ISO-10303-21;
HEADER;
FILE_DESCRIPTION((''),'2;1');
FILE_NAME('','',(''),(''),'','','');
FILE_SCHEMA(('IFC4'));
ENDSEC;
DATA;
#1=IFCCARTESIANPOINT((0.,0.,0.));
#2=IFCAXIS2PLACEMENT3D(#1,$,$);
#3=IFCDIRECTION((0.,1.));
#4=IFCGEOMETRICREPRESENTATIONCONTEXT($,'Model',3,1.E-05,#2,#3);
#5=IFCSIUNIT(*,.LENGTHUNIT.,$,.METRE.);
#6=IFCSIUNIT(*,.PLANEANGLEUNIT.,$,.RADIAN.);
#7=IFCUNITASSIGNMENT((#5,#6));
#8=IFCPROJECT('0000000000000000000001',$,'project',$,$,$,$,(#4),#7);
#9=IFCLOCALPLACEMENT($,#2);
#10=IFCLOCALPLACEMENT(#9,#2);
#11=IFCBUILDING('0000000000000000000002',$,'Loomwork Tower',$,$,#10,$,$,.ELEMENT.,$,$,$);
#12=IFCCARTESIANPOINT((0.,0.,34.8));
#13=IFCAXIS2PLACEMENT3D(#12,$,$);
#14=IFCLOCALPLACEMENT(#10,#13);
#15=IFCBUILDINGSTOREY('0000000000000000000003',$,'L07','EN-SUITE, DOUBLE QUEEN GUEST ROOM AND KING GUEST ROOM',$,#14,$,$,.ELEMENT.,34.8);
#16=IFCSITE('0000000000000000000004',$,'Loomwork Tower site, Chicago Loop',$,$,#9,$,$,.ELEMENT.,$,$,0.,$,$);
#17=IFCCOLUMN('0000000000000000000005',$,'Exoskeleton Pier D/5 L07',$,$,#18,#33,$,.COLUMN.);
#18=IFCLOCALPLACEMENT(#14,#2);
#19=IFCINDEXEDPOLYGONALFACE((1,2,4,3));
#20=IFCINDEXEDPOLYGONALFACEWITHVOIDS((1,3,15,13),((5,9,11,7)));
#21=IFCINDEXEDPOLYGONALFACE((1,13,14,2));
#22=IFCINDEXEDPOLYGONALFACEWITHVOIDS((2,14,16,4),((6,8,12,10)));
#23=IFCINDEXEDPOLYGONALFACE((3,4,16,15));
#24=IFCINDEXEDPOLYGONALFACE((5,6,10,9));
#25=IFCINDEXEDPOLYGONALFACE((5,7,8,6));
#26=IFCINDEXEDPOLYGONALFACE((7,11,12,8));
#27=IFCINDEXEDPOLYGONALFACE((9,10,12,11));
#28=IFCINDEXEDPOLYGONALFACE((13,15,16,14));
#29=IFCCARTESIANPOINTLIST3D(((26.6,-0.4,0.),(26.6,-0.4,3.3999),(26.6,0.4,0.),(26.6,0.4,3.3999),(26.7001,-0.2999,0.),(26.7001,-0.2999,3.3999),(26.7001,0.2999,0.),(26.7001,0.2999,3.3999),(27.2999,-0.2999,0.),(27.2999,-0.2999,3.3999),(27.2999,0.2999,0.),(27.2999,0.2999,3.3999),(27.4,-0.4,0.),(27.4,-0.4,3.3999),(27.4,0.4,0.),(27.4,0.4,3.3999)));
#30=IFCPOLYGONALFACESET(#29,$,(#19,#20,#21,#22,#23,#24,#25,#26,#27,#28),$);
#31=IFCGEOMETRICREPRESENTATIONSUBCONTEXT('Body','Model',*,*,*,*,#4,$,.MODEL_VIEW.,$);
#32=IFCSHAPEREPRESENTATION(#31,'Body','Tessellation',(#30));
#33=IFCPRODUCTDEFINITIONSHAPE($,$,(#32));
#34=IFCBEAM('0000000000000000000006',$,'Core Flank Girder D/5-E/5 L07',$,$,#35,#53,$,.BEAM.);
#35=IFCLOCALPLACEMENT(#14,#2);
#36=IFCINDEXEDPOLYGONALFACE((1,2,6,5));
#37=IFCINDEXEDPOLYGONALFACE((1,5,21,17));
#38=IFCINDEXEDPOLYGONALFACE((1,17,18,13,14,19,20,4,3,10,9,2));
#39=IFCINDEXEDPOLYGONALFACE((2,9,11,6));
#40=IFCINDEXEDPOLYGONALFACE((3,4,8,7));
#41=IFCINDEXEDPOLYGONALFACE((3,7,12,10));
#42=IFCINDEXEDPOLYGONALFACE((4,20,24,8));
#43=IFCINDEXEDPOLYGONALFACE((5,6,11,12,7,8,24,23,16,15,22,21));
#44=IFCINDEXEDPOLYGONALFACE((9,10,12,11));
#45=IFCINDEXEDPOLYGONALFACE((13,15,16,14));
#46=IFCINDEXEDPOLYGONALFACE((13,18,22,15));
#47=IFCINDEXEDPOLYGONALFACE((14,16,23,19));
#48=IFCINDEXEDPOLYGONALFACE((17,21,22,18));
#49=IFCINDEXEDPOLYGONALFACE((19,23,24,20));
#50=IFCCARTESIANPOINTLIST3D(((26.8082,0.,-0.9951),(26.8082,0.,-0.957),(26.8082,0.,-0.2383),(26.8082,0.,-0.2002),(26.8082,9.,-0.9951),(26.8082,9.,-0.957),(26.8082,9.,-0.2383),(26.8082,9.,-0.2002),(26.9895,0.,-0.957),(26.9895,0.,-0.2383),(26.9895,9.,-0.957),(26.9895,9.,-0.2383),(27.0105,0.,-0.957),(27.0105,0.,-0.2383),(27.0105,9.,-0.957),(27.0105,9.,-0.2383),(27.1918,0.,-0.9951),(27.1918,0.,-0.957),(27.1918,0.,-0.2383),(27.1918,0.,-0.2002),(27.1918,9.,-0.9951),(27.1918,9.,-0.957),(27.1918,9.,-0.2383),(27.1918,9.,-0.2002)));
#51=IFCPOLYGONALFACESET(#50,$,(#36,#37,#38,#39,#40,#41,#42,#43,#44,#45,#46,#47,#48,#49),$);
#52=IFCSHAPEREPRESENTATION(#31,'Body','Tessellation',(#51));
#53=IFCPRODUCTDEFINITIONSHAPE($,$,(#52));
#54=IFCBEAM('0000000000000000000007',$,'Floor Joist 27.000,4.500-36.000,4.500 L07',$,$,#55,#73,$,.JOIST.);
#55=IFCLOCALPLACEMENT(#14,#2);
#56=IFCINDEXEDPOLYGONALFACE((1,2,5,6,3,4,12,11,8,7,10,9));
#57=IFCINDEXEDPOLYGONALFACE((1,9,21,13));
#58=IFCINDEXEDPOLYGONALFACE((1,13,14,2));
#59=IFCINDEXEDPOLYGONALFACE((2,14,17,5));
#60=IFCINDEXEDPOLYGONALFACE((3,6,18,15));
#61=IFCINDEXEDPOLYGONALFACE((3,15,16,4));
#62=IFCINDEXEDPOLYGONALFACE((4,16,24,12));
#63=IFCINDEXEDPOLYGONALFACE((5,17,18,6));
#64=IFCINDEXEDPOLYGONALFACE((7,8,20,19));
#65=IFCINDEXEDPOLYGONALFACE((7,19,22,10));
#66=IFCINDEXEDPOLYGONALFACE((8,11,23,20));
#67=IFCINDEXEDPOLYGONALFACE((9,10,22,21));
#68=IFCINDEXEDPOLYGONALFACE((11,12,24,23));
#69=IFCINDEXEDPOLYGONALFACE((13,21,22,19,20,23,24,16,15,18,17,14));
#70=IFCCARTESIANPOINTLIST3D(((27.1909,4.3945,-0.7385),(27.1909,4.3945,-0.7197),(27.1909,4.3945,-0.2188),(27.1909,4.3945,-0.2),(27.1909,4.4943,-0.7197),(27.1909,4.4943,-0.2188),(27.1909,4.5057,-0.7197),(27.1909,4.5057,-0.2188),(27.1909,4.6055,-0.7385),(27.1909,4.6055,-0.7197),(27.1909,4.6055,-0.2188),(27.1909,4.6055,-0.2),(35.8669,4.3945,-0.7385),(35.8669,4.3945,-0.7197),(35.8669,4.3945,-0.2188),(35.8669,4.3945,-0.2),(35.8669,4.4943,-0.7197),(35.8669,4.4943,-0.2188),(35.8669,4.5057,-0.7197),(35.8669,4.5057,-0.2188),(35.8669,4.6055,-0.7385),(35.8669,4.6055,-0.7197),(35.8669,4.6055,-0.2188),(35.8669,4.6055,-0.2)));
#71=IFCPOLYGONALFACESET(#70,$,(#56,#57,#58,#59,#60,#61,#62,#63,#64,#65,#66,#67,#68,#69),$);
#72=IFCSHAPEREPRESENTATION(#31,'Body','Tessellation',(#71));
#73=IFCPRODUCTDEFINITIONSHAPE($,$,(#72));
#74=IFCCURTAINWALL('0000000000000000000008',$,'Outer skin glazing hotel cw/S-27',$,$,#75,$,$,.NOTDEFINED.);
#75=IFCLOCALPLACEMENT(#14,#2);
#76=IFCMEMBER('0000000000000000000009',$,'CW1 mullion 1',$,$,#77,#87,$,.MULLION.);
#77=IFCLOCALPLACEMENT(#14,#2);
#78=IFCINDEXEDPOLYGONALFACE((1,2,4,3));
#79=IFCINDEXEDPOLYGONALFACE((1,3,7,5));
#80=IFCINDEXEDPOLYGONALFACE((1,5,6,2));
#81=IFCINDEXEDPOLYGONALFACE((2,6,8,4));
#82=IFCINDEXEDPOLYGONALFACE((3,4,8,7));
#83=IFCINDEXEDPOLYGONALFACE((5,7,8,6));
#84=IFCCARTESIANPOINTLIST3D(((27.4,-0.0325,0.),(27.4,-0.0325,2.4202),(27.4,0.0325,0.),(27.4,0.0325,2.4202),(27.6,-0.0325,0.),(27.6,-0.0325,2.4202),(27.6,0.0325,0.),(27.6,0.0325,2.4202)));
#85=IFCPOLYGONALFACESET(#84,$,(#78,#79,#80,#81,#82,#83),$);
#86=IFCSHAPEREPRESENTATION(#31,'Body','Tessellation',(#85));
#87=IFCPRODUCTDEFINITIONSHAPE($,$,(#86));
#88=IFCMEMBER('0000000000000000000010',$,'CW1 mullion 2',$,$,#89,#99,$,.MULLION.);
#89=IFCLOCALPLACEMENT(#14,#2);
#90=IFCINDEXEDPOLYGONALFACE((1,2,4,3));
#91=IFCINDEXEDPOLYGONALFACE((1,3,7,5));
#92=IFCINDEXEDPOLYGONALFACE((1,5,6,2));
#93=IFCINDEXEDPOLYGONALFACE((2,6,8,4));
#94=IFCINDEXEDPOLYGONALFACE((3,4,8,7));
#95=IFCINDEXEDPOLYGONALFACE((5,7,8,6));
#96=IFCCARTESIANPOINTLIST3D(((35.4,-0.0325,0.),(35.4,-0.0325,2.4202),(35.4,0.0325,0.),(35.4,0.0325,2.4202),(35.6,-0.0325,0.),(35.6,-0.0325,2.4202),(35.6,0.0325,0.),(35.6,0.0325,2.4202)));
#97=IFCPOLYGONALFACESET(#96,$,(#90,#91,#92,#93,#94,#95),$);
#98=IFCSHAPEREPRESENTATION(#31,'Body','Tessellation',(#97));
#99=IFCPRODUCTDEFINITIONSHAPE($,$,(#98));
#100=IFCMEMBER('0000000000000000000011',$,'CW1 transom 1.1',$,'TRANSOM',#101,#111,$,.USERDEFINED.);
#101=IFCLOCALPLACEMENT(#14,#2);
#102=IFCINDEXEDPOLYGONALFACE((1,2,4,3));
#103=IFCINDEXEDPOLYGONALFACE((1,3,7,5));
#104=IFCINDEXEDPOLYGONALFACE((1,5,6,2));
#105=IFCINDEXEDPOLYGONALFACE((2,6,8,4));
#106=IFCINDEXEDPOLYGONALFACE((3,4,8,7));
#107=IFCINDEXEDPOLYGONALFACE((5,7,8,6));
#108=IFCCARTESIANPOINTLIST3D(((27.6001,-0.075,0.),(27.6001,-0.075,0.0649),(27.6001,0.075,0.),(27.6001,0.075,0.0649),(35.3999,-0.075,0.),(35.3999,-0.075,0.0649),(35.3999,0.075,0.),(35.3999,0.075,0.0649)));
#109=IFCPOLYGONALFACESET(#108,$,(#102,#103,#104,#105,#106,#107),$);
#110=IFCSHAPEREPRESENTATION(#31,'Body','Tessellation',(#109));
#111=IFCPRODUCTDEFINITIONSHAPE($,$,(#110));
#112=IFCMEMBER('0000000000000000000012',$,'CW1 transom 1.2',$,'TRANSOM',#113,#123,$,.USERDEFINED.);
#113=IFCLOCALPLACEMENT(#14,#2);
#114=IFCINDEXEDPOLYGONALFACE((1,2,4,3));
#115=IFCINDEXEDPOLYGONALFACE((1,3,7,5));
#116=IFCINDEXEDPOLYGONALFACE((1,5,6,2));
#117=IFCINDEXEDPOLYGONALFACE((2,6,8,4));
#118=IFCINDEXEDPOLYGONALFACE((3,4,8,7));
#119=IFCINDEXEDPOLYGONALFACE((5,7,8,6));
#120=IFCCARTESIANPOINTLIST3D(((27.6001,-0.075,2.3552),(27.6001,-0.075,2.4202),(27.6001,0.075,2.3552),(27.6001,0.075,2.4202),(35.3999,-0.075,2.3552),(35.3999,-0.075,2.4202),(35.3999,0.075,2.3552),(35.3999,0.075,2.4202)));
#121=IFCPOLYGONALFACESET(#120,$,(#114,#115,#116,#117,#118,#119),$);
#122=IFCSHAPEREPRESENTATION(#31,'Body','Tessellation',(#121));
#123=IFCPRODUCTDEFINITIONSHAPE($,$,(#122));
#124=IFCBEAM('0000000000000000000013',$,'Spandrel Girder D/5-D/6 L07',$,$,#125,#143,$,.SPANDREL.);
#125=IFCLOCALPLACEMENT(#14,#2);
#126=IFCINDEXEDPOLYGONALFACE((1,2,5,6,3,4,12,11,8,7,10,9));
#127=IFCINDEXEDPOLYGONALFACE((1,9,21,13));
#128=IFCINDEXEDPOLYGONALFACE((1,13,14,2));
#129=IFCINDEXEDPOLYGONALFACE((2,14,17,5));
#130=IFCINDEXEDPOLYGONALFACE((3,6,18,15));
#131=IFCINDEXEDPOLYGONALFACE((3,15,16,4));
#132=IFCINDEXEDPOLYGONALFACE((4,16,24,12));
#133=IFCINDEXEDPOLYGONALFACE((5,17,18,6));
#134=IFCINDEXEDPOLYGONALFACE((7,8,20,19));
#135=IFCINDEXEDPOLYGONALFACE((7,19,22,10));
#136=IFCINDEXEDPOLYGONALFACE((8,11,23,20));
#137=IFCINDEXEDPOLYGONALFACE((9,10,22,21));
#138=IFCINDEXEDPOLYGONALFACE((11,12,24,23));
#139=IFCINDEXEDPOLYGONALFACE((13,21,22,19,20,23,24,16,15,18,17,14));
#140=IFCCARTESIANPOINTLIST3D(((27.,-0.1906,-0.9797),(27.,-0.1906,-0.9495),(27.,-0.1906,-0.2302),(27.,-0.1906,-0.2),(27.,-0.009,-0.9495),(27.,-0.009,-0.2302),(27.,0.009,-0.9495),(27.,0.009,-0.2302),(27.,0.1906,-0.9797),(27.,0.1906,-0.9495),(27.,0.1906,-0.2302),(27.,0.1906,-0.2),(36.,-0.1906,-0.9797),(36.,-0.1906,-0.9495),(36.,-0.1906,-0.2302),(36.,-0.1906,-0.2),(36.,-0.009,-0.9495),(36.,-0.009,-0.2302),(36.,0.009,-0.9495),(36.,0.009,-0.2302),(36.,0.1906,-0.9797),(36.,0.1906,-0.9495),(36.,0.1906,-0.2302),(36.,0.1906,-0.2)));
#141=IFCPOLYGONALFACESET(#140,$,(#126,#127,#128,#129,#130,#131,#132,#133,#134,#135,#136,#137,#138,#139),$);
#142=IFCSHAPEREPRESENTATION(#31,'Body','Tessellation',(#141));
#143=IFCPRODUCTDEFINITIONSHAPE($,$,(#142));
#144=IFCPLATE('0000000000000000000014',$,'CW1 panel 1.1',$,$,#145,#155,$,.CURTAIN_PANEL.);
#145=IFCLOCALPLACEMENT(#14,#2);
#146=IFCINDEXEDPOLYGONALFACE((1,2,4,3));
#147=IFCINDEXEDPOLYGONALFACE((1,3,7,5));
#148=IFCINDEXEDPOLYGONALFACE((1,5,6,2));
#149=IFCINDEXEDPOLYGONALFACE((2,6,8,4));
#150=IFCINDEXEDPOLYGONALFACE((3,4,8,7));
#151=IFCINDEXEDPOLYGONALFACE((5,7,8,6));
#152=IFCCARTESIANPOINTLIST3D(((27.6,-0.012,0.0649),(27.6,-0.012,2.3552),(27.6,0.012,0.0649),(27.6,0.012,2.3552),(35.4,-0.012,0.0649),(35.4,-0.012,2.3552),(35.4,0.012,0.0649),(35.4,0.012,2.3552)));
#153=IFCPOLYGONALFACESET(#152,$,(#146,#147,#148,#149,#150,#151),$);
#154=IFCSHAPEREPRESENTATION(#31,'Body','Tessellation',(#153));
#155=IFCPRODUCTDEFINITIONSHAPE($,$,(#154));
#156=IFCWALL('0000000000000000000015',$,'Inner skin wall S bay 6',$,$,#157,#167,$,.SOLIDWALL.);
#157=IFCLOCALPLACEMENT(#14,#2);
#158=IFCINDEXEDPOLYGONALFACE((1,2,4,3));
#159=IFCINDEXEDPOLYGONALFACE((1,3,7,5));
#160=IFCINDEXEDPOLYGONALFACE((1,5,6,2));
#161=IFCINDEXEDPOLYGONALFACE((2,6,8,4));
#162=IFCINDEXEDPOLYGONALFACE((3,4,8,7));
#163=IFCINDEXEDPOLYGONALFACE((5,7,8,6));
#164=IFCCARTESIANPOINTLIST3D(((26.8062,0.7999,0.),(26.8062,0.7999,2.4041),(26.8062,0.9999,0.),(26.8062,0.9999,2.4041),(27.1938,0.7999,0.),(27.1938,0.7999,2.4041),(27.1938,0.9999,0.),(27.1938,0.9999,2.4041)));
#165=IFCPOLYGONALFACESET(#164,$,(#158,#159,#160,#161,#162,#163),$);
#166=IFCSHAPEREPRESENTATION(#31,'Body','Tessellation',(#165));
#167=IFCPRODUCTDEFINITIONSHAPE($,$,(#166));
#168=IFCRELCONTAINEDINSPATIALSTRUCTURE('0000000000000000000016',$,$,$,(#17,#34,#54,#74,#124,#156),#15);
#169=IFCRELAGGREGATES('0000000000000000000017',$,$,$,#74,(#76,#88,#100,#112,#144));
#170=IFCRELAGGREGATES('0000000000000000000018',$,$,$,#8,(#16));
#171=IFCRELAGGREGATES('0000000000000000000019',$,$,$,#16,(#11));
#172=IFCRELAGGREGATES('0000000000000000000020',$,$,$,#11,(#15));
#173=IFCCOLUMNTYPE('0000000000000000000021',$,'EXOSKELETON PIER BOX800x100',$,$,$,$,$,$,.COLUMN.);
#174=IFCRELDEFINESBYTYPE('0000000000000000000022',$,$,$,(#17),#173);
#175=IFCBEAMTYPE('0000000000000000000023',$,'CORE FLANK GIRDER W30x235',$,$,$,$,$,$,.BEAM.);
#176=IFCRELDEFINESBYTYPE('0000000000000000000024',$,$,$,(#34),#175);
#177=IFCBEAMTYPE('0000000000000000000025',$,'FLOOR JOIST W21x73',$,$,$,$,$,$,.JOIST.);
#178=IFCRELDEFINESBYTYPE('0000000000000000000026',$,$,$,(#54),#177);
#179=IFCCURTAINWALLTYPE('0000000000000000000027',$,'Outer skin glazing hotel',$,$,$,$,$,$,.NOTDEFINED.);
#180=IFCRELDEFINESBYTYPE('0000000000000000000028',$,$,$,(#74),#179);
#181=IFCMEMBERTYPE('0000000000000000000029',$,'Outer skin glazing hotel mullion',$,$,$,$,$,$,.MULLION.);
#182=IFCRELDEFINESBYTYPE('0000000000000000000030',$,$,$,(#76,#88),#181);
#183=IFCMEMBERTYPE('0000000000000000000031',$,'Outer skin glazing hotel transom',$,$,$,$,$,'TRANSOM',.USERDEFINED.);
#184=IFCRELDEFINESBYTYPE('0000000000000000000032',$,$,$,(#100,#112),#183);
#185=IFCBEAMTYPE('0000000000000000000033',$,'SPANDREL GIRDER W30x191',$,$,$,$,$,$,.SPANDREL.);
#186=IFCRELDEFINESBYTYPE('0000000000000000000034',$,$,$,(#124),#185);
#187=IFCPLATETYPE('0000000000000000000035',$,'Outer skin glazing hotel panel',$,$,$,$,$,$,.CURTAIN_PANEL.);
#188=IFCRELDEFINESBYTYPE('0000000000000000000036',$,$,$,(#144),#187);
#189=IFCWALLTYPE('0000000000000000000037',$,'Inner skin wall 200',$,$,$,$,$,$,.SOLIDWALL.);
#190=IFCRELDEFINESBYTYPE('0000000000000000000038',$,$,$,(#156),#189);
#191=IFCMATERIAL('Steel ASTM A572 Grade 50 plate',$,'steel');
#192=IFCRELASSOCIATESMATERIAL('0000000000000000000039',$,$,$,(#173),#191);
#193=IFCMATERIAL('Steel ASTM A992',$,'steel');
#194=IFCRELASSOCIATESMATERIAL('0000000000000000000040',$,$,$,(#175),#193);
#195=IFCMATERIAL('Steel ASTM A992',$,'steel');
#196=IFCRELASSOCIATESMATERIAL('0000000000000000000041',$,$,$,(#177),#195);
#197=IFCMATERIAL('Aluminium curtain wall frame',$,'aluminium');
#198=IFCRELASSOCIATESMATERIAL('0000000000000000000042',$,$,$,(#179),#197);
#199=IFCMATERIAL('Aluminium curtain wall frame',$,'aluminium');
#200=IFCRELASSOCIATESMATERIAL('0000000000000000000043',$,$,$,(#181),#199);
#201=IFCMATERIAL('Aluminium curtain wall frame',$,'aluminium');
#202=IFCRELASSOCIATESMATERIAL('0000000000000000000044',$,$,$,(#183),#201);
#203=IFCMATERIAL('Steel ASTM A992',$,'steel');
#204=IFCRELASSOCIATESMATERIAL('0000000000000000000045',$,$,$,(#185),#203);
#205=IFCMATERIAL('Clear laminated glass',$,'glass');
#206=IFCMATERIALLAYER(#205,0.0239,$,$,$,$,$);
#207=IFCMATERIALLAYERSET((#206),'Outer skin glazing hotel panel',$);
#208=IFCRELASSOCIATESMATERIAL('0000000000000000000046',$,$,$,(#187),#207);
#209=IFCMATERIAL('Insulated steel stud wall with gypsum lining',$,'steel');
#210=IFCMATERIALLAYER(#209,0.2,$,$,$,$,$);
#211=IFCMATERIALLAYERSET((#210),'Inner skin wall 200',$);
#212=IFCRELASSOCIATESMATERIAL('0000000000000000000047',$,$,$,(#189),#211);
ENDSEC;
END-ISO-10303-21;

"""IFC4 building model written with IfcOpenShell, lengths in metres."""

from ifc_helpers import new_model, si_unit, direction, frame, frame_2d, origin, origin_2d, place, context, subcontext, project, spatial, rectangle, hollow_rectangle, i_section, extrude, material, layer, layer_set, material_profile, profile_set, type_object, element, aggregate, save


model = new_model("IFC4")

# Units and contexts
model_context = context("Model", 3, precision=1e-05, world=origin(), true_north=direction((0.0, 1.0)))
body_context = subcontext(model_context, "Body", "Model", "MODEL_VIEW")
ifc_project = project(units=[si_unit("LENGTHUNIT", "METRE"), si_unit("PLANEANGLEUNIT", "RADIAN")], contexts=[model_context])

# Site, building, storey
site_placement = place(None, origin())
site = spatial("IfcSite", under=ifc_project, at=site_placement, Name="Loomwork Tower site, Chicago Loop", CompositionType="ELEMENT", RefElevation=0.0)
building_placement = place(site_placement, origin())
building = spatial("IfcBuilding", under=site, at=building_placement, Name="Loomwork Tower", CompositionType="ELEMENT")
storey_placement = place(building_placement, frame((0.0, 0.0, 34.8)))
storey = spatial("IfcBuildingStorey", under=building, at=storey_placement, Name="L07", Description="EN-SUITE, DOUBLE QUEEN GUEST ROOM AND KING GUEST ROOM", CompositionType="ELEMENT", Elevation=34.8)

# Column
ifc_material_1 = material(Name="Steel ASTM A572 Grade 50 plate", Category="steel")
ifc_material_profile_1 = material_profile(ifc_material_1, hollow_rectangle(XDim=0.8, YDim=0.8, WallThickness=0.1001, at=origin_2d()), Name="BOX800x100")
ifc_profile_set_1 = profile_set([ifc_material_profile_1], Name="Steel ASTM A572 Grade 50 plate")
column_type = type_object("IfcColumnType", Name="EXOSKELETON PIER BOX800x100", PredefinedType="COLUMN", material=ifc_profile_set_1)
column_placement = place(storey_placement, frame((27.0, 0.0, 0.0), z_axis=(0.0, 0.0, 1.0), x_axis=(1.0, 0.0, 0.0)))
element("IfcColumn", 1, at=column_placement, inside=storey, type_object=column_type, Name="Exoskeleton Pier D/5 L07", PredefinedType="COLUMN", context=body_context, shape_type="SweptSolid", body=[
    extrude(hollow_rectangle(XDim=0.8, YDim=0.8, WallThickness=0.1001, at=origin_2d()), origin(), (0.0, 0.0, 1.0), 3.3999),
])

# Beams
ifc_material_2 = material(Name="Steel ASTM A992", Category="steel")
ifc_material_profile_2 = material_profile(ifc_material_2, i_section(OverallWidth=0.3835, OverallDepth=0.7949, WebThickness=0.021, FlangeThickness=0.0381, at=origin_2d()), Name="W30x235")
ifc_profile_set_2 = profile_set([ifc_material_profile_2], Name="Steel ASTM A992")
beam_type_1 = type_object("IfcBeamType", Name="CORE FLANK GIRDER W30x235", PredefinedType="BEAM", material=ifc_profile_set_2)
beam_1_placement = place(storey_placement, frame((27.0, 0.0, -0.5977), z_axis=(0.0, 1.0, 0.0), x_axis=(-1.0, 0.0, 0.0)))
element("IfcBeam", 2, at=beam_1_placement, inside=storey, type_object=beam_type_1, Name="Core Flank Girder D/5-E/5 L07", PredefinedType="BEAM", context=body_context, shape_type="SweptSolid", body=[
    extrude(i_section(OverallWidth=0.3835, OverallDepth=0.7949, WebThickness=0.021, FlangeThickness=0.0381, at=origin_2d()), origin(), (0.0, 0.0, 1.0), 9.0),
])
ifc_material_3 = material(Name="Steel ASTM A992", Category="steel")
ifc_material_profile_3 = material_profile(ifc_material_3, i_section(OverallWidth=0.2109, OverallDepth=0.5386, WebThickness=0.0115, FlangeThickness=0.0188, at=origin_2d()), Name="W21x73")
ifc_profile_set_3 = profile_set([ifc_material_profile_3], Name="Steel ASTM A992")
beam_type_2 = type_object("IfcBeamType", Name="FLOOR JOIST W21x73", PredefinedType="JOIST", material=ifc_profile_set_3)
beam_2_placement = place(storey_placement, frame((27.1909, 4.5, -0.4692), z_axis=(1.0, 0.0, 0.0), x_axis=(0.0, 1.0, 0.0)))
element("IfcBeam", 3, at=beam_2_placement, inside=storey, type_object=beam_type_2, Name="Floor Joist 27.000,4.500-36.000,4.500 L07", PredefinedType="JOIST", context=body_context, shape_type="SweptSolid", body=[
    extrude(i_section(OverallWidth=0.2109, OverallDepth=0.5386, WebThickness=0.0115, FlangeThickness=0.0188, at=origin_2d()), origin(), (0.0, 0.0, 1.0), 8.676),
])

# Curtain wall, members
ifc_material_4 = material(Name="Aluminium curtain wall frame", Category="aluminium")
curtain_wall_type = type_object("IfcCurtainWallType", Name="Outer skin glazing hotel", PredefinedType="NOTDEFINED", material=ifc_material_4)
curtain_wall_placement = place(storey_placement, origin())
curtain_wall = element("IfcCurtainWall", 4, at=curtain_wall_placement, inside=storey, type_object=curtain_wall_type, Name="Outer skin glazing hotel cw/S-27", PredefinedType="NOTDEFINED")
ifc_material_5 = material(Name="Aluminium curtain wall frame", Category="aluminium")
ifc_material_profile_4 = material_profile(ifc_material_5, rectangle(XDim=0.0649, YDim=0.2, at=origin_2d()), Name="AL 65x200")
ifc_profile_set_4 = profile_set([ifc_material_profile_4], Name="Aluminium curtain wall frame")
member_type_1 = type_object("IfcMemberType", Name="Outer skin glazing hotel mullion", PredefinedType="MULLION", material=ifc_profile_set_4)
member_1_placement = place(storey_placement, frame((27.5, 0.0, 0.0), z_axis=(0.0, 0.0, 1.0), x_axis=(0.0, 1.0, 0.0)))
member_1 = element("IfcMember", 5, at=member_1_placement, type_object=member_type_1, Name="CW1 mullion 1", PredefinedType="MULLION", context=body_context, shape_type="SweptSolid", body=[
    extrude(rectangle(XDim=0.0649, YDim=0.2, at=origin_2d()), origin(), (0.0, 0.0, 1.0), 2.4202),
])
member_2_placement = place(storey_placement, frame((35.5, 0.0, 0.0), z_axis=(0.0, 0.0, 1.0), x_axis=(0.0, 1.0, 0.0)))
member_2 = element("IfcMember", 6, at=member_2_placement, type_object=member_type_1, Name="CW1 mullion 2", PredefinedType="MULLION", context=body_context, shape_type="SweptSolid", body=[
    extrude(rectangle(XDim=0.0649, YDim=0.2, at=origin_2d()), origin(), (0.0, 0.0, 1.0), 2.4202),
])
ifc_material_6 = material(Name="Aluminium curtain wall frame", Category="aluminium")
ifc_material_profile_5 = material_profile(ifc_material_6, rectangle(XDim=0.1499, YDim=0.0649, at=origin_2d()), Name="AL 65x150")
ifc_profile_set_5 = profile_set([ifc_material_profile_5], Name="Aluminium curtain wall frame")
member_type_2 = type_object("IfcMemberType", Name="Outer skin glazing hotel transom", ElementType="TRANSOM", PredefinedType="USERDEFINED", material=ifc_profile_set_5)
member_3_placement = place(storey_placement, frame((27.6001, 0.0, 0.0325), z_axis=(1.0, 0.0, 0.0), x_axis=(0.0, 1.0, 0.0)))
member_3 = element("IfcMember", 7, at=member_3_placement, type_object=member_type_2, Name="CW1 transom 1.1", ObjectType="TRANSOM", PredefinedType="USERDEFINED", context=body_context, shape_type="SweptSolid", body=[
    extrude(rectangle(XDim=0.1499, YDim=0.0649, at=origin_2d()), origin(), (0.0, 0.0, 1.0), 7.7998),
])
member_4_placement = place(storey_placement, frame((27.6001, 0.0, 2.3877), z_axis=(1.0, 0.0, 0.0), x_axis=(0.0, 1.0, 0.0)))
member_4 = element("IfcMember", 8, at=member_4_placement, type_object=member_type_2, Name="CW1 transom 1.2", ObjectType="TRANSOM", PredefinedType="USERDEFINED", context=body_context, shape_type="SweptSolid", body=[
    extrude(rectangle(XDim=0.1499, YDim=0.0649, at=origin_2d()), origin(), (0.0, 0.0, 1.0), 7.7998),
])

# Beam
ifc_material_7 = material(Name="Steel ASTM A992", Category="steel")
ifc_material_profile_6 = material_profile(ifc_material_7, i_section(OverallWidth=0.3811, OverallDepth=0.7798, WebThickness=0.0181, FlangeThickness=0.0303, at=origin_2d()), Name="W30x191")
ifc_profile_set_6 = profile_set([ifc_material_profile_6], Name="Steel ASTM A992")
beam_type_3 = type_object("IfcBeamType", Name="SPANDREL GIRDER W30x191", PredefinedType="SPANDREL", material=ifc_profile_set_6)
beam_3_placement = place(storey_placement, frame((27.0, 0.0, -0.5898), z_axis=(1.0, 0.0, 0.0), x_axis=(0.0, 1.0, 0.0)))
element("IfcBeam", 9, at=beam_3_placement, inside=storey, type_object=beam_type_3, Name="Spandrel Girder D/5-D/6 L07", PredefinedType="SPANDREL", context=body_context, shape_type="SweptSolid", body=[
    extrude(i_section(OverallWidth=0.3811, OverallDepth=0.7798, WebThickness=0.0181, FlangeThickness=0.0303, at=origin_2d()), origin(), (0.0, 0.0, 1.0), 9.0),
])

# Plate
ifc_material_8 = material(Name="Clear laminated glass", Category="glass")
ifc_layer_1 = layer(ifc_material_8, 0.0239)
ifc_layer_set_1 = layer_set([ifc_layer_1], Name="Outer skin glazing hotel panel")
plate_type = type_object("IfcPlateType", Name="Outer skin glazing hotel panel", PredefinedType="CURTAIN_PANEL", material=ifc_layer_set_1)
plate_placement = place(storey_placement, frame((31.5, 0.0, 0.0649), z_axis=(0.0, 0.0, 1.0), x_axis=(1.0, 0.0, 0.0)))
plate = element("IfcPlate", 10, at=plate_placement, type_object=plate_type, Name="CW1 panel 1.1", PredefinedType="CURTAIN_PANEL", context=body_context, shape_type="SweptSolid", body=[
    extrude(rectangle(XDim=7.8, YDim=0.0239, at=origin_2d()), origin(), (0.0, 0.0, 1.0), 2.2903),
])
aggregate(curtain_wall, [member_1, member_2, member_3, member_4, plate])

# Wall
ifc_material_9 = material(Name="Insulated steel stud wall with gypsum lining", Category="steel")
ifc_layer_2 = layer(ifc_material_9, 0.2)
ifc_layer_set_2 = layer_set([ifc_layer_2], Name="Inner skin wall 200")
wall_type = type_object("IfcWallType", Name="Inner skin wall 200", PredefinedType="SOLIDWALL", material=ifc_layer_set_2)
wall_1_placement = place(storey_placement, frame((26.8062, 0.8999, 0.0), z_axis=(0.0, 0.0, 1.0), x_axis=(1.0, 0.0, 0.0)))
element("IfcWall", 11, at=wall_1_placement, inside=storey, type_object=wall_type, Name="Inner skin wall S bay 6", PredefinedType="SOLIDWALL", context=body_context, shape_type="SweptSolid", body=[
    extrude(rectangle(XDim=0.3877, YDim=0.2, at=frame_2d((0.1938, 0.0))), origin(), (0.0, 0.0, 1.0), 2.4041),
])

save(model, "model.ifc")
